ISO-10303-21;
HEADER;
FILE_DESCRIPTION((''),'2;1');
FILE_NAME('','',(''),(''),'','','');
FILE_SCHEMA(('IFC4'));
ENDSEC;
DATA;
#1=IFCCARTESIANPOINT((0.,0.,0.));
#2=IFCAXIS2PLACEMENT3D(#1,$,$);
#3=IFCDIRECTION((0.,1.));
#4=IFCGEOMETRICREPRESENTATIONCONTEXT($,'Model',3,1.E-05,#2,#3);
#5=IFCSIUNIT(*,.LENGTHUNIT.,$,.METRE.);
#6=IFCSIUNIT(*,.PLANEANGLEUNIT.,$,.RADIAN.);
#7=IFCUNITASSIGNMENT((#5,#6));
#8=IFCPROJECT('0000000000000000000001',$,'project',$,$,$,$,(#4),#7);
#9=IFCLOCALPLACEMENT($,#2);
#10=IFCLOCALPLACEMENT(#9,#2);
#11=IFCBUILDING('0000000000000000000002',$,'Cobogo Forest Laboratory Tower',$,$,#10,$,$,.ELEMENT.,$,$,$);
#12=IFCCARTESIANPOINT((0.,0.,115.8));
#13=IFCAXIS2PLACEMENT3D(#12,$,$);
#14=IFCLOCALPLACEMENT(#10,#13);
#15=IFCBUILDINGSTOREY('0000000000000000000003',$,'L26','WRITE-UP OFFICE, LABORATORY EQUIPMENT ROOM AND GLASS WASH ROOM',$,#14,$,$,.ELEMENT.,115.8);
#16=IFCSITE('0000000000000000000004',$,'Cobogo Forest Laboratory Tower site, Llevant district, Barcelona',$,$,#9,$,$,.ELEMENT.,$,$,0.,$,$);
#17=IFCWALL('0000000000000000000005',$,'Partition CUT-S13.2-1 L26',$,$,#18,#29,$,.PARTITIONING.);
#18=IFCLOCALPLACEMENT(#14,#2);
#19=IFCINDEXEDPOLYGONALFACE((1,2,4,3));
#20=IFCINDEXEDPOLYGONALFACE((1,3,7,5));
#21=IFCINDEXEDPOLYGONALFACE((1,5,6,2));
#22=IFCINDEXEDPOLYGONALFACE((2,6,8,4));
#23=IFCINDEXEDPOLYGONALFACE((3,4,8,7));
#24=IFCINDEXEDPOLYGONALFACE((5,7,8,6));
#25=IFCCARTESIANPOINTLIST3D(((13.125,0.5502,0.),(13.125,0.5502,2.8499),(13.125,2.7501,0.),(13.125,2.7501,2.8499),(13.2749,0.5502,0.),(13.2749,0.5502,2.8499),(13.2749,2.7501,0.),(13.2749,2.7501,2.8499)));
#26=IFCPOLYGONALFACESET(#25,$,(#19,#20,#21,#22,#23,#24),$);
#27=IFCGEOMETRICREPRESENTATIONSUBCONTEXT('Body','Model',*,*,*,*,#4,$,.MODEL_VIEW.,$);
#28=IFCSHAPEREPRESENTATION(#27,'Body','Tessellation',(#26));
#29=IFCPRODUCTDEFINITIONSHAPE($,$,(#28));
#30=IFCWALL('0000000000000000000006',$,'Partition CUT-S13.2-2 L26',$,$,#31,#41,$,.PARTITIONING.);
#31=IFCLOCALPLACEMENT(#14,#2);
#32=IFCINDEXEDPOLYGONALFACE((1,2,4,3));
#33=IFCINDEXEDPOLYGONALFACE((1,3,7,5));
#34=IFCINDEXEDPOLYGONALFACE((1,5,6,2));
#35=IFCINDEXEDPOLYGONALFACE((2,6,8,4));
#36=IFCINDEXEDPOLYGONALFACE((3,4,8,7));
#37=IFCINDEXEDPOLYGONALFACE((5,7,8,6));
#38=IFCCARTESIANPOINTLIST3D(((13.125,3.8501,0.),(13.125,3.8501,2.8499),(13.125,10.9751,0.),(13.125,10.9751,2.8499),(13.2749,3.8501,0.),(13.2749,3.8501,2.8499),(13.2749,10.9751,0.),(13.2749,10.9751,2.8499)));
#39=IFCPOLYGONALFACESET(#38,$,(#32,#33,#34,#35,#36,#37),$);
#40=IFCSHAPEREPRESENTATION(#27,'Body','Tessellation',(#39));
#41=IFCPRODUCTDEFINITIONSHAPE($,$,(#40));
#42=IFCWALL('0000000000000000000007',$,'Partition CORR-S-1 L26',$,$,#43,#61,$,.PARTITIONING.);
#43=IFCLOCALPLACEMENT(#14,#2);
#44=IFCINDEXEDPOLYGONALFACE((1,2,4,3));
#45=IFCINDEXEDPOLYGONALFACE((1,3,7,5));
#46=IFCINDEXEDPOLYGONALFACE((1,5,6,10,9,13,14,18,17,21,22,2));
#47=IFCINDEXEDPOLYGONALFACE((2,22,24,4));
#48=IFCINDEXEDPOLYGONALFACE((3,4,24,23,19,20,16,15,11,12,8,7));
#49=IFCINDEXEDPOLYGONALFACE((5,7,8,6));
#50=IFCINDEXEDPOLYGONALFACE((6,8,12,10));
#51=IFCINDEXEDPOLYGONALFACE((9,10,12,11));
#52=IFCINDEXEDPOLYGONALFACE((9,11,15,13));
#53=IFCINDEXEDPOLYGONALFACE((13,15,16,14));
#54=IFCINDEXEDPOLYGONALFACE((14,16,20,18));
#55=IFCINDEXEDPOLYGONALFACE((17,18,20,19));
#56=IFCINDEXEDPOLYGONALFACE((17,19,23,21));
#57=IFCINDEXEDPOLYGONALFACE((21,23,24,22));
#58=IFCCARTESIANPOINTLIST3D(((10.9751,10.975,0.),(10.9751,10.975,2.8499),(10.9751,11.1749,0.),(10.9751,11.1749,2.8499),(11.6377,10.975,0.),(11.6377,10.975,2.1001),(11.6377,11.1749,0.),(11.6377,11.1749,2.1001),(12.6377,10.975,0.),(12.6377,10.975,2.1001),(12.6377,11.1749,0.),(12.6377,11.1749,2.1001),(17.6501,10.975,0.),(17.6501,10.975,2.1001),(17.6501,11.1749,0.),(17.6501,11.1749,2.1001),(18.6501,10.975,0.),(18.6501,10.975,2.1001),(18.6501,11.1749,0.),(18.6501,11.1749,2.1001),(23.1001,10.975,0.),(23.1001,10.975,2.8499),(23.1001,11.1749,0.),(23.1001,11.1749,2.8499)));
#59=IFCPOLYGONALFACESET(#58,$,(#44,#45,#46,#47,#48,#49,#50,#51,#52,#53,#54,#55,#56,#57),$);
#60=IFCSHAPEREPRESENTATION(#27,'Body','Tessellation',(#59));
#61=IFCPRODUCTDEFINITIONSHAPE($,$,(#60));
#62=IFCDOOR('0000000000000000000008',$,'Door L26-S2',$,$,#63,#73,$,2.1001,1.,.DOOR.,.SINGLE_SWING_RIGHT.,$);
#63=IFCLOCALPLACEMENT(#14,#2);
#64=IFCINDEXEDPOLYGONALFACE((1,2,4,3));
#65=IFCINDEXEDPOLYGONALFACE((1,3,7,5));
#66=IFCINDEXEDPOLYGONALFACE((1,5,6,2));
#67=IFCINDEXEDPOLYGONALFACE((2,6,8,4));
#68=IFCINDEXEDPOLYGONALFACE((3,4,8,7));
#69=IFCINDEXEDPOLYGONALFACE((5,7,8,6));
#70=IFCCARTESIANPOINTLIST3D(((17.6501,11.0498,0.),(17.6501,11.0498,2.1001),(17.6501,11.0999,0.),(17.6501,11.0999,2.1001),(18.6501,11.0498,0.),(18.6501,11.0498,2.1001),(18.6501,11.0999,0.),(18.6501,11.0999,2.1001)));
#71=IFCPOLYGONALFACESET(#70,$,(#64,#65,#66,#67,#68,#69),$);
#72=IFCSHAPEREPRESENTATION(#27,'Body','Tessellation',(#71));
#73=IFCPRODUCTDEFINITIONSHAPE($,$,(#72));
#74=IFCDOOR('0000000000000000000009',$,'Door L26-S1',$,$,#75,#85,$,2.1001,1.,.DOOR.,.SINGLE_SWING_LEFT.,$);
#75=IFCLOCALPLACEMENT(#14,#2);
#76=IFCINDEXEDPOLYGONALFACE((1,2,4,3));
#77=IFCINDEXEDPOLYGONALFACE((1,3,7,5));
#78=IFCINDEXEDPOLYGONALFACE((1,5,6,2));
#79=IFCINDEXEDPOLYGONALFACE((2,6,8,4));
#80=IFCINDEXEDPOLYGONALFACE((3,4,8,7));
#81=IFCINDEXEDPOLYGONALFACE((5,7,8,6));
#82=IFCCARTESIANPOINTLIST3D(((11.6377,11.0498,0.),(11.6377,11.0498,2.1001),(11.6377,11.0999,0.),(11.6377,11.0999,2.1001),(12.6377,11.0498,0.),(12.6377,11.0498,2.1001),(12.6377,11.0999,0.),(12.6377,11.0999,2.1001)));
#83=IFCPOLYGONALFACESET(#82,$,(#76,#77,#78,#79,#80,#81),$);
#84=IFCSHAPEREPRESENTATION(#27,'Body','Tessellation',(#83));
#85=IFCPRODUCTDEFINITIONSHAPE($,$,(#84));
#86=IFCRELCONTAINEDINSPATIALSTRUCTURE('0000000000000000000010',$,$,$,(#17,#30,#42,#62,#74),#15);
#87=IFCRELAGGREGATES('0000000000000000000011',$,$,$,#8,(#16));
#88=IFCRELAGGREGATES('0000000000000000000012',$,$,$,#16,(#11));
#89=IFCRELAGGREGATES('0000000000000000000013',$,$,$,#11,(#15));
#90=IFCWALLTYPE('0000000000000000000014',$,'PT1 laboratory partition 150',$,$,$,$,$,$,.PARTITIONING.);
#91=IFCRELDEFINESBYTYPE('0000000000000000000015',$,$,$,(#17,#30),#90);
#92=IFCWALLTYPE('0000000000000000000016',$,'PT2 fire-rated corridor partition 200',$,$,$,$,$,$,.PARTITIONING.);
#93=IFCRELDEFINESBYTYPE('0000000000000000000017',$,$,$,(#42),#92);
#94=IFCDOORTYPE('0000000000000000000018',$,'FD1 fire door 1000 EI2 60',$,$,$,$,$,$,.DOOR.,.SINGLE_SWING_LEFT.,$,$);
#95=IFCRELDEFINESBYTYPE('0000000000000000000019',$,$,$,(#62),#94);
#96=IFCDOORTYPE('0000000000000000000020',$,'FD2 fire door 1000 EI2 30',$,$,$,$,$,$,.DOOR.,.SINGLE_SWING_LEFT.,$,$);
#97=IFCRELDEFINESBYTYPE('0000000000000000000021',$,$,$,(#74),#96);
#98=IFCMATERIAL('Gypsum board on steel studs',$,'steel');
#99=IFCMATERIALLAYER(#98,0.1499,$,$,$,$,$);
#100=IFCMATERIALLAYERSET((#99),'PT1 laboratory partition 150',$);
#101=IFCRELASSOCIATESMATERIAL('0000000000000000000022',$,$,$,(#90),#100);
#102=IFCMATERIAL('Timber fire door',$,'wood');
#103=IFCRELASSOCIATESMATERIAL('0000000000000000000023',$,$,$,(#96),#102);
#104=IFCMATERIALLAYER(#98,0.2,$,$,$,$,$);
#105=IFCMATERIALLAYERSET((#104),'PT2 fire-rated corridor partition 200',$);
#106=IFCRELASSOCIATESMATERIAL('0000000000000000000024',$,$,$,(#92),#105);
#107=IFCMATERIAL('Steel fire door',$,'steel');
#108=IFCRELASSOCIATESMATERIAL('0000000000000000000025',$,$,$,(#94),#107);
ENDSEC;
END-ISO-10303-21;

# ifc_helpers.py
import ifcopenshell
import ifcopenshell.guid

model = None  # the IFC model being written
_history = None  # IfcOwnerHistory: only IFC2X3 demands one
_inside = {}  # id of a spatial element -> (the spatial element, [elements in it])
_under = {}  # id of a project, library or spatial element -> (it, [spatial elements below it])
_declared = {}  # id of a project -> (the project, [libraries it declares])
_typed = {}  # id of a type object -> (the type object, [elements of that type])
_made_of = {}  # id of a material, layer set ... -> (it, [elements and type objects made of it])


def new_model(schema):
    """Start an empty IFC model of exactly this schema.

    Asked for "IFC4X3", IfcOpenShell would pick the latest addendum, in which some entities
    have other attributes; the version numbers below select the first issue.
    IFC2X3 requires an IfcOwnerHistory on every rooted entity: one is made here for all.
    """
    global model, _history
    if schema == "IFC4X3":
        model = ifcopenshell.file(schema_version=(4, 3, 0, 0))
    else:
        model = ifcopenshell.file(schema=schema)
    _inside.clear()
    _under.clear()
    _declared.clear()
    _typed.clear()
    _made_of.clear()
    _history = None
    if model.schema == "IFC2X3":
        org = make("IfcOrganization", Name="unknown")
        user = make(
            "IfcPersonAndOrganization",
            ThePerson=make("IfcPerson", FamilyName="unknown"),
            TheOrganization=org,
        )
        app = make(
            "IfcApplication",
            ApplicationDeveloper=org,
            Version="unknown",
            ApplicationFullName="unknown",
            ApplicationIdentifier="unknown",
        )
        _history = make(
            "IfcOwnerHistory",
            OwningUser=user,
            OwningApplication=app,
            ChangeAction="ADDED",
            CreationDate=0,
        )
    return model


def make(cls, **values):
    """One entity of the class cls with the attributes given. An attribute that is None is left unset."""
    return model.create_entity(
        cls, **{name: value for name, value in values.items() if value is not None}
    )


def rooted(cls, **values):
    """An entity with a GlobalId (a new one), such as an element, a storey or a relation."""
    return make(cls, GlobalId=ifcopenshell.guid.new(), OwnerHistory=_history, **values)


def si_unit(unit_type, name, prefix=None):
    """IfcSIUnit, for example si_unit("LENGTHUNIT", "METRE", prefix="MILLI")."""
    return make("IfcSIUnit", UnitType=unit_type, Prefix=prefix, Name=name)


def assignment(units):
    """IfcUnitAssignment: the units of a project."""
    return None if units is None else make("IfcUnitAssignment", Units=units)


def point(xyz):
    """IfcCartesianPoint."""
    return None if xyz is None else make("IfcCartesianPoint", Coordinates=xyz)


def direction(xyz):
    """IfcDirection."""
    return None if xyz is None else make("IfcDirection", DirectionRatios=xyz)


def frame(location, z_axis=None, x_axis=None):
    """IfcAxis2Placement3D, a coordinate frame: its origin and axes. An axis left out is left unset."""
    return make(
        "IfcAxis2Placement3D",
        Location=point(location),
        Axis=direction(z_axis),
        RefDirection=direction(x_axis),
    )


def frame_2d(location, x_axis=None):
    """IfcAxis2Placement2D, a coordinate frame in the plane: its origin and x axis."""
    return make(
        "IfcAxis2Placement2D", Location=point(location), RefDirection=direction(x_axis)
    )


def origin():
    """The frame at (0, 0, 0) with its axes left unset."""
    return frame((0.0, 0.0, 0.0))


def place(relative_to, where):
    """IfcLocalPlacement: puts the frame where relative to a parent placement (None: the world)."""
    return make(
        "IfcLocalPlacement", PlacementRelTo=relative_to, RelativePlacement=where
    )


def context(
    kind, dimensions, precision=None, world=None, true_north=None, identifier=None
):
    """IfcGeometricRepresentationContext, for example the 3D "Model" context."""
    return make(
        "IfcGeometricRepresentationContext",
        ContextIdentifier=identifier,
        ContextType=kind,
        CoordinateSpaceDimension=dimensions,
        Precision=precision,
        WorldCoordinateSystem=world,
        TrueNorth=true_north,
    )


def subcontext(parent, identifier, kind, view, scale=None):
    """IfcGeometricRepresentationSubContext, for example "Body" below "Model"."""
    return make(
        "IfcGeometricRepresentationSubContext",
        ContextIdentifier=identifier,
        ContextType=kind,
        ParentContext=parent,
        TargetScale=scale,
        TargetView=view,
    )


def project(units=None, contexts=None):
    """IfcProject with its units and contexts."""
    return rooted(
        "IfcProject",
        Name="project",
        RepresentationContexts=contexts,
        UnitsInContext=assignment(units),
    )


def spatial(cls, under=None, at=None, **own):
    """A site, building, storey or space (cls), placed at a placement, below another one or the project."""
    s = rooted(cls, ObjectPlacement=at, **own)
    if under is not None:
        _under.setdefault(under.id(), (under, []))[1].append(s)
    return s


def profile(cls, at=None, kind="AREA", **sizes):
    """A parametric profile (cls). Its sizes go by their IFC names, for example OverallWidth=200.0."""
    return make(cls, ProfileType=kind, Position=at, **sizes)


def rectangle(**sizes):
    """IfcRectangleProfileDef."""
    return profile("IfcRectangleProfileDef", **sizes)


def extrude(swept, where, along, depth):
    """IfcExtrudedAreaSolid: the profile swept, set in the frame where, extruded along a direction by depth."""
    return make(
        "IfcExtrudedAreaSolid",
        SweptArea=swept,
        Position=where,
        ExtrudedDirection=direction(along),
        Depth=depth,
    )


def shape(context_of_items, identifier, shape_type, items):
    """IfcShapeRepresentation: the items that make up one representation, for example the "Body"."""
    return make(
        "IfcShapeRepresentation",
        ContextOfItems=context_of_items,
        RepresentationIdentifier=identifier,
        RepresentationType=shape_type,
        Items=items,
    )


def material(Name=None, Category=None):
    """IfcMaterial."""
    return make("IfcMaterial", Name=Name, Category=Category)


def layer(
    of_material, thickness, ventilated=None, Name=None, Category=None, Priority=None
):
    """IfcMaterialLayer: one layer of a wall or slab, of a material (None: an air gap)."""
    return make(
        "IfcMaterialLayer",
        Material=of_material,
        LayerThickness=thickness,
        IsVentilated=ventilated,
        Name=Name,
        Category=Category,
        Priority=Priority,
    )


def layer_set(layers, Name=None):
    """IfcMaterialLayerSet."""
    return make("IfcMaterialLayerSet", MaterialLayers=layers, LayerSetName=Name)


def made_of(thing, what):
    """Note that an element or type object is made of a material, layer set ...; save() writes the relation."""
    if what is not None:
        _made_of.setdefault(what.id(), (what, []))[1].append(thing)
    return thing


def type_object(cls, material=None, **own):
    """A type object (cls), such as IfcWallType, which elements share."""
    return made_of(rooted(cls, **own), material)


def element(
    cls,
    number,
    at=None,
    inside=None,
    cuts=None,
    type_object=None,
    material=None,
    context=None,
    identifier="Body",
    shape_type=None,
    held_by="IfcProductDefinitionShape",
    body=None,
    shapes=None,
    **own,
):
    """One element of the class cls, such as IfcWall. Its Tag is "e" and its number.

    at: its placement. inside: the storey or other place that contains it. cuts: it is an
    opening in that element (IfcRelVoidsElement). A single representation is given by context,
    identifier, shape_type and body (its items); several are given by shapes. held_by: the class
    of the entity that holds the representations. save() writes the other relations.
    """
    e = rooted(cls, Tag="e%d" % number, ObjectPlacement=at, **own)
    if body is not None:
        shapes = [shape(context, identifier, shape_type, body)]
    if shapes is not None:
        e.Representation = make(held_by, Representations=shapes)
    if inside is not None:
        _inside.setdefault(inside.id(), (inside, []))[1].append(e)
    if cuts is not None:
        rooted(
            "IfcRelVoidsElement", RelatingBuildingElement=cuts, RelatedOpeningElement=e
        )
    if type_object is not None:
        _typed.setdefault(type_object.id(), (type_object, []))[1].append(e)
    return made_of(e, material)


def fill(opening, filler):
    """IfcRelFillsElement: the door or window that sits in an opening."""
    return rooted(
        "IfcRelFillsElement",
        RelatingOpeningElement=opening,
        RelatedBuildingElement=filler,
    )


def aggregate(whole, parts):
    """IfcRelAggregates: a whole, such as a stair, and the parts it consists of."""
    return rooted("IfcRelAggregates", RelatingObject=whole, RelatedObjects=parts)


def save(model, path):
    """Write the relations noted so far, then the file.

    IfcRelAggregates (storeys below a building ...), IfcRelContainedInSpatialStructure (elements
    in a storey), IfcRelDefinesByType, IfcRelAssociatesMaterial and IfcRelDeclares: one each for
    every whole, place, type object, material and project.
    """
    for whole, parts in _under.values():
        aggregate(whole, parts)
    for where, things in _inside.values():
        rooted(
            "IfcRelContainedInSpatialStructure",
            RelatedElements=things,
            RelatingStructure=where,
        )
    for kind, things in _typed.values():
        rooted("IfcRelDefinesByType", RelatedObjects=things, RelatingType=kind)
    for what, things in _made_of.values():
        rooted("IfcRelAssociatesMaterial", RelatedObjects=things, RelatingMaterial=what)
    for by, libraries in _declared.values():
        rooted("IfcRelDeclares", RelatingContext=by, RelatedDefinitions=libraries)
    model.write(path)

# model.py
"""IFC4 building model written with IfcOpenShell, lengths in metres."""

from ifc_helpers import new_model, si_unit, direction, frame, frame_2d, origin, place, context, subcontext, project, spatial, rectangle, extrude, material, layer, layer_set, type_object, element, fill, save


model = new_model("IFC4")

# Units and contexts
model_context = context("Model", 3, precision=1e-05, world=origin(), true_north=direction((0.0, 1.0)))
body_context = subcontext(model_context, "Body", "Model", "MODEL_VIEW")
ifc_project = project(units=[si_unit("LENGTHUNIT", "METRE"), si_unit("PLANEANGLEUNIT", "RADIAN")], contexts=[model_context])

# Site, building, storey
site_placement = place(None, origin())
site = spatial("IfcSite", under=ifc_project, at=site_placement, Name="Cobogo Forest Laboratory Tower site, Llevant district, Barcelona", CompositionType="ELEMENT", RefElevation=0.0)
building_placement = place(site_placement, origin())
building = spatial("IfcBuilding", under=site, at=building_placement, Name="Cobogo Forest Laboratory Tower", CompositionType="ELEMENT")
storey_placement = place(building_placement, frame((0.0, 0.0, 115.8)))
storey = spatial("IfcBuildingStorey", under=building, at=storey_placement, Name="L26", Description="WRITE-UP OFFICE, LABORATORY EQUIPMENT ROOM AND GLASS WASH ROOM", CompositionType="ELEMENT", Elevation=115.8)

# Shared definitions
ifc_material_1 = material(Name="Gypsum board on steel studs", Category="steel")
ifc_layer_1 = layer(ifc_material_1, 0.1499)
ifc_layer_set_1 = layer_set([ifc_layer_1], Name="PT1 laboratory partition 150")
wall_type_1 = type_object("IfcWallType", Name="PT1 laboratory partition 150", PredefinedType="PARTITIONING", material=ifc_layer_set_1)
ifc_material_2 = material(Name="Timber fire door", Category="wood")
door_type_1 = type_object("IfcDoorType", Name="FD2 fire door 1000 EI2 30", OperationType="SINGLE_SWING_LEFT", PredefinedType="DOOR", material=ifc_material_2)

# Walls
wall_1_placement = place(storey_placement, frame((13.2, 0.55, 0.0), z_axis=(0.0, 0.0, 1.0), x_axis=(0.0, 1.0, 0.0)))
element("IfcWall", 1, at=wall_1_placement, inside=storey, type_object=wall_type_1, Name="Partition CUT-S13.2-1 L26", PredefinedType="PARTITIONING", context=body_context, shape_type="SweptSolid", body=[
    extrude(rectangle(XDim=2.2, YDim=0.1499, at=frame_2d((1.1001, 0.0))), origin(), (0.0, 0.0, 1.0), 2.8499),
])
wall_2_placement = place(storey_placement, frame((13.2, 3.8501, 0.0), z_axis=(0.0, 0.0, 1.0), x_axis=(0.0, 1.0, 0.0)))
element("IfcWall", 2, at=wall_2_placement, inside=storey, type_object=wall_type_1, Name="Partition CUT-S13.2-2 L26", PredefinedType="PARTITIONING", context=body_context, shape_type="SweptSolid", body=[
    extrude(rectangle(XDim=7.125, YDim=0.1499, at=frame_2d((3.5625, 0.0))), origin(), (0.0, 0.0, 1.0), 2.8499),
])

# Wall, openings, doors
ifc_layer_2 = layer(ifc_material_1, 0.2)
ifc_layer_set_2 = layer_set([ifc_layer_2], Name="PT2 fire-rated corridor partition 200")
wall_type_2 = type_object("IfcWallType", Name="PT2 fire-rated corridor partition 200", PredefinedType="PARTITIONING", material=ifc_layer_set_2)
wall_3_placement = place(storey_placement, frame((10.9751, 11.075, 0.0), z_axis=(0.0, 0.0, 1.0), x_axis=(1.0, 0.0, 0.0)))
wall_3 = element("IfcWall", 3, at=wall_3_placement, inside=storey, type_object=wall_type_2, Name="Partition CORR-S-1 L26", PredefinedType="PARTITIONING", context=body_context, shape_type="SweptSolid", body=[
    extrude(rectangle(XDim=12.125, YDim=0.2, at=frame_2d((6.0625, 0.0))), origin(), (0.0, 0.0, 1.0), 2.8499),
])
opening_1_placement = place(wall_3_placement, frame((0.6626, 0.0, 0.0)))
opening_1 = element("IfcOpeningElement", 4, at=opening_1_placement, cuts=wall_3, PredefinedType="OPENING", context=body_context, shape_type="SweptSolid", body=[
    extrude(rectangle(XDim=1.0, YDim=2.1001, at=frame_2d((0.5, 1.05))), frame((0.0, 0.1099, 0.0), z_axis=(0.0, -1.0, 0.0), x_axis=(1.0, 0.0, 0.0)), (0.0, 0.0, 1.0), 0.22),
])
opening_2_placement = place(wall_3_placement, frame((6.675, 0.0, 0.0)))
opening_2 = element("IfcOpeningElement", 5, at=opening_2_placement, cuts=wall_3, PredefinedType="OPENING", context=body_context, shape_type="SweptSolid", body=[
    extrude(rectangle(XDim=1.0, YDim=2.1001, at=frame_2d((0.5, 1.05))), frame((0.0, 0.1099, 0.0), z_axis=(0.0, -1.0, 0.0), x_axis=(1.0, 0.0, 0.0)), (0.0, 0.0, 1.0), 0.22),
])
ifc_material_3 = material(Name="Steel fire door", Category="steel")
door_type_2 = type_object("IfcDoorType", Name="FD1 fire door 1000 EI2 60", OperationType="SINGLE_SWING_LEFT", PredefinedType="DOOR", material=ifc_material_3)
door_1_placement = place(opening_2_placement, origin())
door_1 = element("IfcDoor", 6, at=door_1_placement, inside=storey, type_object=door_type_2, Name="Door L26-S2", OperationType="SINGLE_SWING_RIGHT", OverallHeight=2.1001, OverallWidth=1.0, PredefinedType="DOOR", context=body_context, shape_type="SweptSolid", body=[
    extrude(rectangle(XDim=1.0, YDim=2.1001, at=frame_2d((0.5, 1.05))), frame((0.0, 0.0249, 0.0), z_axis=(0.0, -1.0, 0.0), x_axis=(1.0, 0.0, 0.0)), (0.0, 0.0, 1.0), 0.05),
])
fill(opening_2, door_1)
door_2_placement = place(opening_1_placement, origin())
door_2 = element("IfcDoor", 7, at=door_2_placement, inside=storey, type_object=door_type_1, Name="Door L26-S1", OperationType="SINGLE_SWING_LEFT", OverallHeight=2.1001, OverallWidth=1.0, PredefinedType="DOOR", context=body_context, shape_type="SweptSolid", body=[
    extrude(rectangle(XDim=1.0, YDim=2.1001, at=frame_2d((0.5, 1.05))), frame((0.0, 0.0249, 0.0), z_axis=(0.0, -1.0, 0.0), x_axis=(1.0, 0.0, 0.0)), (0.0, 0.0, 1.0), 0.05),
])
fill(opening_1, door_2)

save(model, "model.ifc")
